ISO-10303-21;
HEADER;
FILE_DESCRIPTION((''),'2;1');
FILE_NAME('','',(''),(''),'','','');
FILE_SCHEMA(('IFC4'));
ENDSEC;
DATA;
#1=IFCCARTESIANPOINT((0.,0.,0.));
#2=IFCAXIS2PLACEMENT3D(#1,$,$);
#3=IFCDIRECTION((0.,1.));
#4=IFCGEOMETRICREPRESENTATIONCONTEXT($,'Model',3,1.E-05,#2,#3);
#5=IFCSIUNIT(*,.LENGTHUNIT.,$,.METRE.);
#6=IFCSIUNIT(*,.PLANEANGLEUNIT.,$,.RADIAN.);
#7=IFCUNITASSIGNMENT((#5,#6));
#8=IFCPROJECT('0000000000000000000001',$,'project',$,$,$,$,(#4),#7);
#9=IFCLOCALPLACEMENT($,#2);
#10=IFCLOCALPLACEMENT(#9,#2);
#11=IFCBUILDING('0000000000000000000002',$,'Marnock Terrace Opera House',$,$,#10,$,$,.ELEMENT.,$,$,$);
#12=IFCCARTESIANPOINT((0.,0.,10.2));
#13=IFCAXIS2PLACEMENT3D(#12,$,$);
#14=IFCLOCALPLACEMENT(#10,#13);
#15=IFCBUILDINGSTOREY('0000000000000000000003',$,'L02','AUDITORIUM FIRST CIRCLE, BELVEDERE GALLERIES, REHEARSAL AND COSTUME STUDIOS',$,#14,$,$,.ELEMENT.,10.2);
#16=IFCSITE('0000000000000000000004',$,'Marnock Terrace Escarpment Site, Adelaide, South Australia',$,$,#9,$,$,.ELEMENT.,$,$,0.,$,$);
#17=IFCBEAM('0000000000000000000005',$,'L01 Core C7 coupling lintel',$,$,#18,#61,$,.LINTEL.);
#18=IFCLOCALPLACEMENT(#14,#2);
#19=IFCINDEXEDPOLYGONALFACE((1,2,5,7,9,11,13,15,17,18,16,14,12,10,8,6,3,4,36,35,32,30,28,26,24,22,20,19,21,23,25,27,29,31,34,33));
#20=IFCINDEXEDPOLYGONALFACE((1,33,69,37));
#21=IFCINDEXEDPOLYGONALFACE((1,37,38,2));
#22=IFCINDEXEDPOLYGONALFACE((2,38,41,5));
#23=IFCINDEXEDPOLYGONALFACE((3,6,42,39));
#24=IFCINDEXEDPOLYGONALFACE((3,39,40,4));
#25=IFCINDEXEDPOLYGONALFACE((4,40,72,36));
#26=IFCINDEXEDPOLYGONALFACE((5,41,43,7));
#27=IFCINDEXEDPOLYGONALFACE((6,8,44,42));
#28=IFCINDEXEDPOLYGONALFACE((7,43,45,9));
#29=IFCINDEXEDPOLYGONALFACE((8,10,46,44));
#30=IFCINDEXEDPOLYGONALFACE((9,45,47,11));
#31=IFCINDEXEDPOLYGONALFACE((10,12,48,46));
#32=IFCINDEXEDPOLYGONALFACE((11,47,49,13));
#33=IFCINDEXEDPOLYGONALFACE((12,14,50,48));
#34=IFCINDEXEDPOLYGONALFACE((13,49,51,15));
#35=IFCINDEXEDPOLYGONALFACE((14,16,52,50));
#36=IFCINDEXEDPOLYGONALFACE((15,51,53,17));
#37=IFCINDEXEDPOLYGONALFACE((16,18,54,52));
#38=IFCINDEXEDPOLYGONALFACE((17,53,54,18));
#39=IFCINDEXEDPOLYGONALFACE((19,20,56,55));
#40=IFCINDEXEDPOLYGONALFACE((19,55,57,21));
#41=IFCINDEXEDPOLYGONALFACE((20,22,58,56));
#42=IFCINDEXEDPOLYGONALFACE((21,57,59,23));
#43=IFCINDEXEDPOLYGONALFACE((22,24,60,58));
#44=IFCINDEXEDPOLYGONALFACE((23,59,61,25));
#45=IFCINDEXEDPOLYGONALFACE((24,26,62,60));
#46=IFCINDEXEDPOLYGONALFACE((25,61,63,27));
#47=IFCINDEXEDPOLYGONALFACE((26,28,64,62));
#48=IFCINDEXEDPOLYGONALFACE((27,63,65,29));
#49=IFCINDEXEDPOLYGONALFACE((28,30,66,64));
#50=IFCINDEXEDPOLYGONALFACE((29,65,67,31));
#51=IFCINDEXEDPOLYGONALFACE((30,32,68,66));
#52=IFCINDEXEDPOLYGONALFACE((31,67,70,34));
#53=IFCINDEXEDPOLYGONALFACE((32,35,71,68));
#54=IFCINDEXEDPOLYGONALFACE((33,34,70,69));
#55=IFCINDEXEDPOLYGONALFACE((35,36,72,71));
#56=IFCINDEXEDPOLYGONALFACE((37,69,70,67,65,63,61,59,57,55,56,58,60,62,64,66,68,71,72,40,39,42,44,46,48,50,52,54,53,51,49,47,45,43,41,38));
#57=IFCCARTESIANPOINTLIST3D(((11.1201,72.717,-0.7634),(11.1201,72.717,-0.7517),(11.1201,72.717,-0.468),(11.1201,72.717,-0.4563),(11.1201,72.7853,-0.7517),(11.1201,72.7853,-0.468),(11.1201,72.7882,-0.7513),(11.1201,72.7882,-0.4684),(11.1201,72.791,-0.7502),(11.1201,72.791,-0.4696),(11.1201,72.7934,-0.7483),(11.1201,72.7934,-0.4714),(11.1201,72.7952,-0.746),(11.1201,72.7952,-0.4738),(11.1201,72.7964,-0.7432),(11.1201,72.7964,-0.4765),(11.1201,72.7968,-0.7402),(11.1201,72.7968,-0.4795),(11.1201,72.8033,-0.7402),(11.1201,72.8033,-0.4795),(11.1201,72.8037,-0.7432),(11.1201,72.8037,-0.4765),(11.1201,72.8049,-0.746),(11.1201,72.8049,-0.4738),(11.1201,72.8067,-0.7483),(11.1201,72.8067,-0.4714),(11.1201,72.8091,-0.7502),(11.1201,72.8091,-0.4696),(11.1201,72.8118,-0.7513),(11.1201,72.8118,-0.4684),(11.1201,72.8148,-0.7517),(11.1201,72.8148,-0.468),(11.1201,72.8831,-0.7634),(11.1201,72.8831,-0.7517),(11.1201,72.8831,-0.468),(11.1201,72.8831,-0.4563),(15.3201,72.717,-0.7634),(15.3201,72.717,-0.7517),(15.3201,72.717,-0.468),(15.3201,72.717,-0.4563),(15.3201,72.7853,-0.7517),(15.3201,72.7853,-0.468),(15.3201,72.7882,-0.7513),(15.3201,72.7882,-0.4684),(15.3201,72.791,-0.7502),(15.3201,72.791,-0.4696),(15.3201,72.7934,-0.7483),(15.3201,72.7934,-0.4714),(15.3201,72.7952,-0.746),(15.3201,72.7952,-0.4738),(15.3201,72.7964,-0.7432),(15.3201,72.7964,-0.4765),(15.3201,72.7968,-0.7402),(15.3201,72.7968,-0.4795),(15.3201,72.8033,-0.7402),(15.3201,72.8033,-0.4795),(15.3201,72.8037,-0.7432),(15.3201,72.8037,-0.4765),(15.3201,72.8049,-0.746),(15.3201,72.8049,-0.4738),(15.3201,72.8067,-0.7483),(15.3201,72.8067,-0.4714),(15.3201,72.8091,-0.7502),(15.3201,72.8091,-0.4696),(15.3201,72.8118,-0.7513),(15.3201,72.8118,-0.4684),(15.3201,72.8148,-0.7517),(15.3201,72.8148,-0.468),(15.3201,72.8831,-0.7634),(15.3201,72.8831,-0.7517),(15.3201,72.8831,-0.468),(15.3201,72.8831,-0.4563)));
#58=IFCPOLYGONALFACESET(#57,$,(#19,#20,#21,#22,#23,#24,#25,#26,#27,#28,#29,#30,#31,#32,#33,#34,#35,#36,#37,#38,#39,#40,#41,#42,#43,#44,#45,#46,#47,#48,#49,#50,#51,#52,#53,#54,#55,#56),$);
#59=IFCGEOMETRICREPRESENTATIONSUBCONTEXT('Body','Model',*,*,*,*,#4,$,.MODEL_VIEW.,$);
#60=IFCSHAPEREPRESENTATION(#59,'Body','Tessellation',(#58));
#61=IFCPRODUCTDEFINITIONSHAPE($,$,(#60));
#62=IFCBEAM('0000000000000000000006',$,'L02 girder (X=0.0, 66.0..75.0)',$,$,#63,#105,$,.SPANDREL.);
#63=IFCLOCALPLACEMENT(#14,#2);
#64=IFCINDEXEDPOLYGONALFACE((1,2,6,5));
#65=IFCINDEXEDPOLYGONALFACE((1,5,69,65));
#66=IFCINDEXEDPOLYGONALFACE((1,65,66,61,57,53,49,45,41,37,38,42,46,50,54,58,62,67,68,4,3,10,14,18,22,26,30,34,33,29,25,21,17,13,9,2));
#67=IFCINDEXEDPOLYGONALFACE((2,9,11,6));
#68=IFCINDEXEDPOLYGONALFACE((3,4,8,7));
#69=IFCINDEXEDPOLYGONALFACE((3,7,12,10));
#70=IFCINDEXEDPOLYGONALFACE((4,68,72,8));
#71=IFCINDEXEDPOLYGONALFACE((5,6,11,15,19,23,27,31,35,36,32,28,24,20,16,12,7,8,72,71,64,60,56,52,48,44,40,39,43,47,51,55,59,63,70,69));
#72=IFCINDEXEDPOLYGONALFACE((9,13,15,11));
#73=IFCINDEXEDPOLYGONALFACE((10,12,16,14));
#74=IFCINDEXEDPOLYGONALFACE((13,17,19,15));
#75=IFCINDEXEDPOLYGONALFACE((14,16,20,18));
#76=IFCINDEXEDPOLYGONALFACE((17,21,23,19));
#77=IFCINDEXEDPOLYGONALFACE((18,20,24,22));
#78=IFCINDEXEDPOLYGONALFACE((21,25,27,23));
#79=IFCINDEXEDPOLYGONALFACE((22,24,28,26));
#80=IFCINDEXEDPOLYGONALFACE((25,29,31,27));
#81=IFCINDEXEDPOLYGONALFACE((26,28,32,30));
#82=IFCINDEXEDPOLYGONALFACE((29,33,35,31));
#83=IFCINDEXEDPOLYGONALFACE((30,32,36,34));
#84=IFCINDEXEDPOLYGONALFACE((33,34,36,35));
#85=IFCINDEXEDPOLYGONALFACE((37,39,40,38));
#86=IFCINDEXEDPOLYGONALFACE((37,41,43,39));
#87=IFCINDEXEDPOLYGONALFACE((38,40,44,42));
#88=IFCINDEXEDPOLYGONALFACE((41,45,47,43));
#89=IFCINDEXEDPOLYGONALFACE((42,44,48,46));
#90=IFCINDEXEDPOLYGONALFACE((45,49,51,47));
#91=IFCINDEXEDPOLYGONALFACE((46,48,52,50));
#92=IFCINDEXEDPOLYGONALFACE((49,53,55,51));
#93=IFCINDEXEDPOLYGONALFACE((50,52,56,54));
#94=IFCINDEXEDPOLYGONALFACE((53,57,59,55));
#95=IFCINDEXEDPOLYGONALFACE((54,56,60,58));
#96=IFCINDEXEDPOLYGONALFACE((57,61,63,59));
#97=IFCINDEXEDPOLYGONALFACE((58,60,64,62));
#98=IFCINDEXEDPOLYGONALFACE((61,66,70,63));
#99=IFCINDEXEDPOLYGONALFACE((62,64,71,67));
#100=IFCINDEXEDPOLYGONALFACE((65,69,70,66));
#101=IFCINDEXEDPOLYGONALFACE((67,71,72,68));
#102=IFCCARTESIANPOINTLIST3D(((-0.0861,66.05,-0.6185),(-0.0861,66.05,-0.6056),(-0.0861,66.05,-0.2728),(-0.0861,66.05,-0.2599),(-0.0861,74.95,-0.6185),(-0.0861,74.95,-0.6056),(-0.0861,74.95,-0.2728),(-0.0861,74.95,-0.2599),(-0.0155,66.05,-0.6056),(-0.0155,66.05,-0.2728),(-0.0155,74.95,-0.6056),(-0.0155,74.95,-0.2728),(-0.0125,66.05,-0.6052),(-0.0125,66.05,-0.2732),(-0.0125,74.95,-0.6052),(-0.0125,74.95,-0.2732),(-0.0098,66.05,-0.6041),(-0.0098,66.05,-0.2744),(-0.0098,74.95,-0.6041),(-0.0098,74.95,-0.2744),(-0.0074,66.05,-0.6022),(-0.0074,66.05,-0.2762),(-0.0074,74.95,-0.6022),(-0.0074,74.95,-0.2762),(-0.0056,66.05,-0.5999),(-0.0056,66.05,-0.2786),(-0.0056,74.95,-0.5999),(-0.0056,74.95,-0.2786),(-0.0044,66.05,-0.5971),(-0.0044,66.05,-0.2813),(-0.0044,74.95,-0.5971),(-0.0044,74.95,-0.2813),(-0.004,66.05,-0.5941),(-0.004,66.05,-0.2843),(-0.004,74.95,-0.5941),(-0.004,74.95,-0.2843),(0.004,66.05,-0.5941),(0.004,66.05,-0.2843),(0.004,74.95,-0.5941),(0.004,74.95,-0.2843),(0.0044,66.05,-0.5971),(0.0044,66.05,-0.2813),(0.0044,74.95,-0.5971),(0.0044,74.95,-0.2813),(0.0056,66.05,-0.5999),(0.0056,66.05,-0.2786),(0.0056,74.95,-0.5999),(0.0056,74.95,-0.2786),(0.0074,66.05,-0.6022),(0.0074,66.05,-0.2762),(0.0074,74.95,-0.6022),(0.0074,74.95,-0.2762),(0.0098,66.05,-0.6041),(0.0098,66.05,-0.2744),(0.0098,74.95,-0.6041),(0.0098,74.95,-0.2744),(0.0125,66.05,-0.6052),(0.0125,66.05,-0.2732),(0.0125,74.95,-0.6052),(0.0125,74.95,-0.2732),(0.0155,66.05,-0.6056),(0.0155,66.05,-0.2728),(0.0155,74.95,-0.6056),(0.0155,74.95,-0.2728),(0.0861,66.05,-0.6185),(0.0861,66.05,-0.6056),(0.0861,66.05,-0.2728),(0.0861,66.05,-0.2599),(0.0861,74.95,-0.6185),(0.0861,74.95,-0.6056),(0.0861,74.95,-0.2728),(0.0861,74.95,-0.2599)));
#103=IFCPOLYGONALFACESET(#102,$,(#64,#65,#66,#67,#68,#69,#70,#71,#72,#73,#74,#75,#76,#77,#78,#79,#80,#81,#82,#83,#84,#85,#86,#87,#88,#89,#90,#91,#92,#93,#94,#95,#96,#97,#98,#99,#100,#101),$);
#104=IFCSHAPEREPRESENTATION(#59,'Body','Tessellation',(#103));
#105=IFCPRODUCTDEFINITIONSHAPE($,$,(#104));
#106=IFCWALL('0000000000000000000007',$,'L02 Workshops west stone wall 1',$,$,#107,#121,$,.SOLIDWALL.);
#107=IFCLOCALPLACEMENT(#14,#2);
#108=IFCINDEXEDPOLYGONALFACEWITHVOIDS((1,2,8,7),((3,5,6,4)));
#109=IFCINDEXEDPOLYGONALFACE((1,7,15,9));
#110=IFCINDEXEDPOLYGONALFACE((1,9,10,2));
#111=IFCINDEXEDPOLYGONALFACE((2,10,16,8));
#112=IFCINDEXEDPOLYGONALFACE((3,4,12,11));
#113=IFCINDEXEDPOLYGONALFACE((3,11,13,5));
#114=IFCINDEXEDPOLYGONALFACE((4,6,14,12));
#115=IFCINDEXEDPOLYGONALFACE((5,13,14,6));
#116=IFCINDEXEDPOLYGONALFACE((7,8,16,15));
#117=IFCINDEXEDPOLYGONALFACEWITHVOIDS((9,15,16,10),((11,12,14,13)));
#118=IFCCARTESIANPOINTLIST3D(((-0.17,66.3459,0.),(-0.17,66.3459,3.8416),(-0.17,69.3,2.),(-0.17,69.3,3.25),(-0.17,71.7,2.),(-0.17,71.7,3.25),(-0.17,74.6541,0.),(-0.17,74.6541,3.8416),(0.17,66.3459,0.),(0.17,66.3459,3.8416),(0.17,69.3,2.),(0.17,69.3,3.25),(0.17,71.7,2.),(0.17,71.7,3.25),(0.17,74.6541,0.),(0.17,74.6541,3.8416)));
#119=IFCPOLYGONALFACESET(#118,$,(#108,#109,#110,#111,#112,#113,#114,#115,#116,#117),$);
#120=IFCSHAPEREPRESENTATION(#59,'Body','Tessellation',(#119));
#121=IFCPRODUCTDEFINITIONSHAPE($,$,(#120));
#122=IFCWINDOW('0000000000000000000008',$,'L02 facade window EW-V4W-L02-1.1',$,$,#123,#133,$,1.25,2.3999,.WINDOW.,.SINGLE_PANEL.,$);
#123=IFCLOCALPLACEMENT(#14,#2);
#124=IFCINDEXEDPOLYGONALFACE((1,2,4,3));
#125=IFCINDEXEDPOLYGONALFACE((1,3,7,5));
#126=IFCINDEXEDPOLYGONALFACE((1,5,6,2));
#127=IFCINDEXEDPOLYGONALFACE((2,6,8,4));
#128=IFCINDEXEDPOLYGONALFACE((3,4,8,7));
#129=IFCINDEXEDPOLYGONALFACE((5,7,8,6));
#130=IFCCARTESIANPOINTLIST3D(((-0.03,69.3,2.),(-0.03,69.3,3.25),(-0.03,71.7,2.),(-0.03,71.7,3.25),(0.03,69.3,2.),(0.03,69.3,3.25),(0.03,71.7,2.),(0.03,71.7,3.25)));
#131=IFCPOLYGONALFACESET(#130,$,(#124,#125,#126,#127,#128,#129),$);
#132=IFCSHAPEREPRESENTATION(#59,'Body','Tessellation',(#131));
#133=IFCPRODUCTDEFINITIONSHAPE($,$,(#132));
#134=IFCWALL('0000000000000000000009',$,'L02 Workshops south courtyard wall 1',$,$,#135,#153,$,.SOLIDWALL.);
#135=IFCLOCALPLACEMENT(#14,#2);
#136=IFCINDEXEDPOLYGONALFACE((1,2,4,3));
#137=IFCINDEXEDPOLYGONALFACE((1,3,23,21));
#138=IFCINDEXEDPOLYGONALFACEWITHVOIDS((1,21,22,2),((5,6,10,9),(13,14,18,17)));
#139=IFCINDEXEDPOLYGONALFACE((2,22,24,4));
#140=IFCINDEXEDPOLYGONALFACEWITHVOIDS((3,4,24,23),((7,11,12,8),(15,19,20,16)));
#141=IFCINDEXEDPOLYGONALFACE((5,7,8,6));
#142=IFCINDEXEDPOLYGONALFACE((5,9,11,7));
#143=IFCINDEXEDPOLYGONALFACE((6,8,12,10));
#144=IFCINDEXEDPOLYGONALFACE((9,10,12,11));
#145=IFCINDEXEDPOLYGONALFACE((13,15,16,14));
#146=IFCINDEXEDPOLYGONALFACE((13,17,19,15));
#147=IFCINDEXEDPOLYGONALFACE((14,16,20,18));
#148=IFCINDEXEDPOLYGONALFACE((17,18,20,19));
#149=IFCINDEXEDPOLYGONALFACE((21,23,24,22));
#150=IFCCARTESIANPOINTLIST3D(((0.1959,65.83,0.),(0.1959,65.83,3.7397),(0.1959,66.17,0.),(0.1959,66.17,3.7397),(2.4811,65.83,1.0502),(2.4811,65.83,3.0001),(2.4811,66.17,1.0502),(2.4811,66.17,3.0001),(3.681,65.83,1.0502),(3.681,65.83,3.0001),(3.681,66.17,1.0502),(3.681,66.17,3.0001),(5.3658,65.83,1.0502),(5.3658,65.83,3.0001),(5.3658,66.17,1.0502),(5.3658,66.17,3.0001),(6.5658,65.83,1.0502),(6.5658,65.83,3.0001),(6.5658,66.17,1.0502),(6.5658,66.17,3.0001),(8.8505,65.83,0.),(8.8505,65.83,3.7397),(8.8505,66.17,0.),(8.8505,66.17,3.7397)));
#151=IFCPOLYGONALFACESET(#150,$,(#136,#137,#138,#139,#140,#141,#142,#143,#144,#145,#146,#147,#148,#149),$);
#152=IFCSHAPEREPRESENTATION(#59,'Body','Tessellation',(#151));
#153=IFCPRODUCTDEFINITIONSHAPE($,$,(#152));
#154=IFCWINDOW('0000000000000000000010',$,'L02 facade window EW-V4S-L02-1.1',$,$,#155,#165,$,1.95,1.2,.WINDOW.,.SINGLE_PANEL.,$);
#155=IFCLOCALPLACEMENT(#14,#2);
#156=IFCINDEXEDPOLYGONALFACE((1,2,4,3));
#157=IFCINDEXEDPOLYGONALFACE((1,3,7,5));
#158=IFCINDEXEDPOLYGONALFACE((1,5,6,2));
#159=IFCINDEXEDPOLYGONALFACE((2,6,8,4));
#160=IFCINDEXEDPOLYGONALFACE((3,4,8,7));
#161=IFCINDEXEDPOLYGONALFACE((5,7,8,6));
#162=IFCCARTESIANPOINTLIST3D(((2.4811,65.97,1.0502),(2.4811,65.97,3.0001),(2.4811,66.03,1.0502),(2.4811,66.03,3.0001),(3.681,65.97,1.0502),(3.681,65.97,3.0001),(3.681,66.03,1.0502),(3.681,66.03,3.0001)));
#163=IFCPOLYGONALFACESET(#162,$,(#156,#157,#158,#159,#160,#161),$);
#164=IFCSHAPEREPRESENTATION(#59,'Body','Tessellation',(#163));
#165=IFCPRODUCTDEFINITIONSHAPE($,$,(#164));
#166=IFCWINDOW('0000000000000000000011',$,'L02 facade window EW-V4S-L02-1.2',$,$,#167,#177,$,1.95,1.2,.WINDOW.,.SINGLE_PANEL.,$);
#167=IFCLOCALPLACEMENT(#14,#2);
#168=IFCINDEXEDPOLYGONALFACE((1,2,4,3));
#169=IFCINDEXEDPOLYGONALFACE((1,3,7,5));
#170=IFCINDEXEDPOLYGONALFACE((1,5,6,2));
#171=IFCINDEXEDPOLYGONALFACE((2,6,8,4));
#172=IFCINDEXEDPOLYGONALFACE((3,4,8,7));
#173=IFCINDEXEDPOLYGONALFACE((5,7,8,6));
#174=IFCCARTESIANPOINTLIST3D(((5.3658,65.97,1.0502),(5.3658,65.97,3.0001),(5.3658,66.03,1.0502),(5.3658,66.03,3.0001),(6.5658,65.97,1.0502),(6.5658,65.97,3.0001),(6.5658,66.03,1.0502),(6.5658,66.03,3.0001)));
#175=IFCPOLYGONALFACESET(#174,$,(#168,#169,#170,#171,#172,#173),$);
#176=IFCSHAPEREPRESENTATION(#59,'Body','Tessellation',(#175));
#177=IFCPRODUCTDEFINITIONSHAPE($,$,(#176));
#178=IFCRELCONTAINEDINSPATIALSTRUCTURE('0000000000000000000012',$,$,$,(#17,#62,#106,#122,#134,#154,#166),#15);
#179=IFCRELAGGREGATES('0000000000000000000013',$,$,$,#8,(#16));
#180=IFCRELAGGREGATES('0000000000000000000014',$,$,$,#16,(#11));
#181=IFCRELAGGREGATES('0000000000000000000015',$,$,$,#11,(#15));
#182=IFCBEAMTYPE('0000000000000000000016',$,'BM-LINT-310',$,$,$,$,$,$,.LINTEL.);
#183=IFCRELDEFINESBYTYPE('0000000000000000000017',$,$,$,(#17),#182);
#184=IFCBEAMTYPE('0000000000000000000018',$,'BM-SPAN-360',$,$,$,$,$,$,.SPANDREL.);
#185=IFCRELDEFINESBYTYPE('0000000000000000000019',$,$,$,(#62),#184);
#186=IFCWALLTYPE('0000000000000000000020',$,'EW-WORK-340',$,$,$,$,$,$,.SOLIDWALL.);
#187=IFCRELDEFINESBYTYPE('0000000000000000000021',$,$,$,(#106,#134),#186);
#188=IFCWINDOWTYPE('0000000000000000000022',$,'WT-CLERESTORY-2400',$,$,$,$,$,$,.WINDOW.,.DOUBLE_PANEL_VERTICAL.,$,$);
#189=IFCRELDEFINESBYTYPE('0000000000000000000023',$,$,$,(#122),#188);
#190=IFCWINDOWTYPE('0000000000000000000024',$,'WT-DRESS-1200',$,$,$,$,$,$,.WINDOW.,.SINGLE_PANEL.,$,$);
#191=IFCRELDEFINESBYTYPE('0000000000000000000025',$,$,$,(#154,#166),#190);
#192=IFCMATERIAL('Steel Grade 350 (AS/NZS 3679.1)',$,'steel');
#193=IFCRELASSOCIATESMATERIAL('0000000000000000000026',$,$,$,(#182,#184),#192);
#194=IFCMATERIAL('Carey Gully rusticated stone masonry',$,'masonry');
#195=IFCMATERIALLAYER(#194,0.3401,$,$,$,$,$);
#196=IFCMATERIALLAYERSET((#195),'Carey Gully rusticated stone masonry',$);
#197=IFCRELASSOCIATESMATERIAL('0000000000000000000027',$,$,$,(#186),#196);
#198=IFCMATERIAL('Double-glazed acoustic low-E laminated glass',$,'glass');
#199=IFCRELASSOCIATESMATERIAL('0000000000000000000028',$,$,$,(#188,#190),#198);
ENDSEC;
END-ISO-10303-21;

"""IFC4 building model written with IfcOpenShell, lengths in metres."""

from ifc_helpers import new_model, si_unit, direction, frame, frame_2d, origin, origin_2d, place, context, subcontext, project, spatial, rectangle, i_section, extrude, material, layer, layer_set, material_profile, profile_set, type_object, element, fill, save


model = new_model("IFC4")

# Units and contexts
model_context = context("Model", 3, precision=1e-05, world=origin(), true_north=direction((0.0, 1.0)))
body_context = subcontext(model_context, "Body", "Model", "MODEL_VIEW")
ifc_project = project(units=[si_unit("LENGTHUNIT", "METRE"), si_unit("PLANEANGLEUNIT", "RADIAN")], contexts=[model_context])

# Site, building, storey
site_placement = place(None, origin())
site = spatial("IfcSite", under=ifc_project, at=site_placement, Name="Marnock Terrace Escarpment Site, Adelaide, South Australia", CompositionType="ELEMENT", RefElevation=0.0)
building_placement = place(site_placement, origin())
building = spatial("IfcBuilding", under=site, at=building_placement, Name="Marnock Terrace Opera House", CompositionType="ELEMENT")
storey_placement = place(building_placement, frame((0.0, 0.0, 10.2)))
storey = spatial("IfcBuildingStorey", under=building, at=storey_placement, Name="L02", Description="AUDITORIUM FIRST CIRCLE, BELVEDERE GALLERIES, REHEARSAL AND COSTUME STUDIOS", CompositionType="ELEMENT", Elevation=10.2)

# Shared definitions
ifc_material_1 = material(Name="Steel Grade 350 (AS/NZS 3679.1)", Category="steel")

# Beams
ifc_material_profile_1 = material_profile(ifc_material_1, i_section(OverallWidth=0.166, OverallDepth=0.3071, WebThickness=0.0066, FlangeThickness=0.0117, FilletRadius=0.0115, at=origin_2d()))
ifc_profile_set_1 = profile_set([ifc_material_profile_1], Name="Steel Grade 350 (AS/NZS 3679.1)")
beam_type_1 = type_object("IfcBeamType", Name="BM-LINT-310", PredefinedType="LINTEL", material=ifc_profile_set_1)
beam_1_placement = place(storey_placement, frame((11.1201, 72.8, -0.6099), z_axis=(1.0, 0.0, 0.0), x_axis=(0.0, 1.0, 0.0)))
element("IfcBeam", 1, at=beam_1_placement, inside=storey, type_object=beam_type_1, Name="L01 Core C7 coupling lintel", PredefinedType="LINTEL", context=body_context, shape_type="SweptSolid", body=[
    extrude(i_section(OverallWidth=0.166, OverallDepth=0.3071, WebThickness=0.0066, FlangeThickness=0.0117, FilletRadius=0.0115, at=origin_2d()), origin(), (0.0, 0.0, 1.0), 4.2),
])
ifc_material_profile_2 = material_profile(ifc_material_1, i_section(OverallWidth=0.1721, OverallDepth=0.3586, WebThickness=0.0081, FlangeThickness=0.0129, FilletRadius=0.0115, at=origin_2d()))
ifc_profile_set_2 = profile_set([ifc_material_profile_2], Name="Steel Grade 350 (AS/NZS 3679.1)")
beam_type_2 = type_object("IfcBeamType", Name="BM-SPAN-360", PredefinedType="SPANDREL", material=ifc_profile_set_2)
beam_2_placement = place(storey_placement, frame((0.0, 66.05, -0.4392), z_axis=(0.0, 1.0, 0.0), x_axis=(-1.0, 0.0, 0.0)))
element("IfcBeam", 2, at=beam_2_placement, inside=storey, type_object=beam_type_2, Name="L02 girder (X=0.0, 66.0..75.0)", PredefinedType="SPANDREL", context=body_context, shape_type="SweptSolid", body=[
    extrude(i_section(OverallWidth=0.1721, OverallDepth=0.3586, WebThickness=0.0081, FlangeThickness=0.0129, FilletRadius=0.0115, at=origin_2d()), origin(), (0.0, 0.0, 1.0), 8.8999),
])

# Wall, opening, window
ifc_material_2 = material(Name="Carey Gully rusticated stone masonry", Category="masonry")
ifc_layer_1 = layer(ifc_material_2, 0.3401)
ifc_layer_set_1 = layer_set([ifc_layer_1], Name="Carey Gully rusticated stone masonry")
wall_type_1 = type_object("IfcWallType", Name="EW-WORK-340", PredefinedType="SOLIDWALL", material=ifc_layer_set_1)
wall_1_placement = place(storey_placement, frame((0.0, 66.3459, 0.0), z_axis=(0.0, 0.0, 1.0), x_axis=(0.0, 1.0, 0.0)))
wall_1 = element("IfcWall", 3, at=wall_1_placement, inside=storey, type_object=wall_type_1, Name="L02 Workshops west stone wall 1", PredefinedType="SOLIDWALL", context=body_context, shape_type="SweptSolid", body=[
    extrude(rectangle(XDim=8.3081, YDim=0.3401, at=frame_2d((4.1541, 0.0))), origin(), (0.0, 0.0, 1.0), 3.8416),
])
opening_1_placement = place(wall_1_placement, frame((2.9541, 0.0, 2.0)))
opening_1 = element("IfcOpeningElement", 4, at=opening_1_placement, cuts=wall_1, PredefinedType="OPENING", context=body_context, shape_type="SweptSolid", body=[
    extrude(rectangle(XDim=2.3999, YDim=1.25, at=frame_2d((1.2, 0.625))), frame((0.0, 0.1799, 0.0), z_axis=(0.0, -1.0, 0.0), x_axis=(1.0, 0.0, 0.0)), (0.0, 0.0, 1.0), 0.3601),
])
ifc_material_3 = material(Name="Double-glazed acoustic low-E laminated glass", Category="glass")
window_type_1 = type_object("IfcWindowType", Name="WT-CLERESTORY-2400", PartitioningType="DOUBLE_PANEL_VERTICAL", PredefinedType="WINDOW", material=ifc_material_3)
window_1_placement = place(opening_1_placement, origin())
window_1 = element("IfcWindow", 5, at=window_1_placement, inside=storey, type_object=window_type_1, Name="L02 facade window EW-V4W-L02-1.1", OverallHeight=1.25, OverallWidth=2.3999, PartitioningType="SINGLE_PANEL", PredefinedType="WINDOW", context=body_context, shape_type="SweptSolid", body=[
    extrude(rectangle(XDim=2.3999, YDim=1.25, at=frame_2d((1.2, 0.625))), frame((0.0, 0.03, 0.0), z_axis=(0.0, -1.0, 0.0), x_axis=(1.0, 0.0, 0.0)), (0.0, 0.0, 1.0), 0.0601),
])
fill(opening_1, window_1)

# Wall, openings, windows
wall_2_placement = place(storey_placement, frame((0.196, 66.0, 0.0), z_axis=(0.0, 0.0, 1.0), x_axis=(1.0, 0.0, 0.0)))
wall_2 = element("IfcWall", 6, at=wall_2_placement, inside=storey, type_object=wall_type_1, Name="L02 Workshops south courtyard wall 1", PredefinedType="SOLIDWALL", context=body_context, shape_type="SweptSolid", body=[
    extrude(rectangle(XDim=8.6545, YDim=0.3401, at=frame_2d((4.3271, 0.0))), origin(), (0.0, 0.0, 1.0), 3.7397),
])
opening_2_placement = place(wall_2_placement, frame((2.2849, 0.0, 1.05)))
opening_2 = element("IfcOpeningElement", 7, at=opening_2_placement, cuts=wall_2, PredefinedType="OPENING", context=body_context, shape_type="SweptSolid", body=[
    extrude(rectangle(XDim=1.2, YDim=1.95, at=frame_2d((0.6001, 0.9751))), frame((0.0, 0.1799, 0.0), z_axis=(0.0, -1.0, 0.0), x_axis=(1.0, 0.0, 0.0)), (0.0, 0.0, 1.0), 0.3601),
])
opening_3_placement = place(wall_2_placement, frame((5.1697, 0.0, 1.05)))
opening_3 = element("IfcOpeningElement", 8, at=opening_3_placement, cuts=wall_2, PredefinedType="OPENING", context=body_context, shape_type="SweptSolid", body=[
    extrude(rectangle(XDim=1.2, YDim=1.95, at=frame_2d((0.6001, 0.9751))), frame((0.0, 0.1799, 0.0), z_axis=(0.0, -1.0, 0.0), x_axis=(1.0, 0.0, 0.0)), (0.0, 0.0, 1.0), 0.3601),
])
window_type_2 = type_object("IfcWindowType", Name="WT-DRESS-1200", PartitioningType="SINGLE_PANEL", PredefinedType="WINDOW", material=ifc_material_3)
window_2_placement = place(opening_2_placement, origin())
window_2 = element("IfcWindow", 9, at=window_2_placement, inside=storey, type_object=window_type_2, Name="L02 facade window EW-V4S-L02-1.1", OverallHeight=1.95, OverallWidth=1.2, PartitioningType="SINGLE_PANEL", PredefinedType="WINDOW", context=body_context, shape_type="SweptSolid", body=[
    extrude(rectangle(XDim=1.2, YDim=1.95, at=frame_2d((0.6001, 0.9751))), frame((0.0, 0.03, 0.0), z_axis=(0.0, -1.0, 0.0), x_axis=(1.0, 0.0, 0.0)), (0.0, 0.0, 1.0), 0.0601),
])
fill(opening_2, window_2)
window_3_placement = place(opening_3_placement, origin())
window_3 = element("IfcWindow", 10, at=window_3_placement, inside=storey, type_object=window_type_2, Name="L02 facade window EW-V4S-L02-1.2", OverallHeight=1.95, OverallWidth=1.2, PartitioningType="SINGLE_PANEL", PredefinedType="WINDOW", context=body_context, shape_type="SweptSolid", body=[
    extrude(rectangle(XDim=1.2, YDim=1.95, at=frame_2d((0.6001, 0.9751))), frame((0.0, 0.03, 0.0), z_axis=(0.0, -1.0, 0.0), x_axis=(1.0, 0.0, 0.0)), (0.0, 0.0, 1.0), 0.0601),
])
fill(opening_3, window_3)

save(model, "model.ifc")
